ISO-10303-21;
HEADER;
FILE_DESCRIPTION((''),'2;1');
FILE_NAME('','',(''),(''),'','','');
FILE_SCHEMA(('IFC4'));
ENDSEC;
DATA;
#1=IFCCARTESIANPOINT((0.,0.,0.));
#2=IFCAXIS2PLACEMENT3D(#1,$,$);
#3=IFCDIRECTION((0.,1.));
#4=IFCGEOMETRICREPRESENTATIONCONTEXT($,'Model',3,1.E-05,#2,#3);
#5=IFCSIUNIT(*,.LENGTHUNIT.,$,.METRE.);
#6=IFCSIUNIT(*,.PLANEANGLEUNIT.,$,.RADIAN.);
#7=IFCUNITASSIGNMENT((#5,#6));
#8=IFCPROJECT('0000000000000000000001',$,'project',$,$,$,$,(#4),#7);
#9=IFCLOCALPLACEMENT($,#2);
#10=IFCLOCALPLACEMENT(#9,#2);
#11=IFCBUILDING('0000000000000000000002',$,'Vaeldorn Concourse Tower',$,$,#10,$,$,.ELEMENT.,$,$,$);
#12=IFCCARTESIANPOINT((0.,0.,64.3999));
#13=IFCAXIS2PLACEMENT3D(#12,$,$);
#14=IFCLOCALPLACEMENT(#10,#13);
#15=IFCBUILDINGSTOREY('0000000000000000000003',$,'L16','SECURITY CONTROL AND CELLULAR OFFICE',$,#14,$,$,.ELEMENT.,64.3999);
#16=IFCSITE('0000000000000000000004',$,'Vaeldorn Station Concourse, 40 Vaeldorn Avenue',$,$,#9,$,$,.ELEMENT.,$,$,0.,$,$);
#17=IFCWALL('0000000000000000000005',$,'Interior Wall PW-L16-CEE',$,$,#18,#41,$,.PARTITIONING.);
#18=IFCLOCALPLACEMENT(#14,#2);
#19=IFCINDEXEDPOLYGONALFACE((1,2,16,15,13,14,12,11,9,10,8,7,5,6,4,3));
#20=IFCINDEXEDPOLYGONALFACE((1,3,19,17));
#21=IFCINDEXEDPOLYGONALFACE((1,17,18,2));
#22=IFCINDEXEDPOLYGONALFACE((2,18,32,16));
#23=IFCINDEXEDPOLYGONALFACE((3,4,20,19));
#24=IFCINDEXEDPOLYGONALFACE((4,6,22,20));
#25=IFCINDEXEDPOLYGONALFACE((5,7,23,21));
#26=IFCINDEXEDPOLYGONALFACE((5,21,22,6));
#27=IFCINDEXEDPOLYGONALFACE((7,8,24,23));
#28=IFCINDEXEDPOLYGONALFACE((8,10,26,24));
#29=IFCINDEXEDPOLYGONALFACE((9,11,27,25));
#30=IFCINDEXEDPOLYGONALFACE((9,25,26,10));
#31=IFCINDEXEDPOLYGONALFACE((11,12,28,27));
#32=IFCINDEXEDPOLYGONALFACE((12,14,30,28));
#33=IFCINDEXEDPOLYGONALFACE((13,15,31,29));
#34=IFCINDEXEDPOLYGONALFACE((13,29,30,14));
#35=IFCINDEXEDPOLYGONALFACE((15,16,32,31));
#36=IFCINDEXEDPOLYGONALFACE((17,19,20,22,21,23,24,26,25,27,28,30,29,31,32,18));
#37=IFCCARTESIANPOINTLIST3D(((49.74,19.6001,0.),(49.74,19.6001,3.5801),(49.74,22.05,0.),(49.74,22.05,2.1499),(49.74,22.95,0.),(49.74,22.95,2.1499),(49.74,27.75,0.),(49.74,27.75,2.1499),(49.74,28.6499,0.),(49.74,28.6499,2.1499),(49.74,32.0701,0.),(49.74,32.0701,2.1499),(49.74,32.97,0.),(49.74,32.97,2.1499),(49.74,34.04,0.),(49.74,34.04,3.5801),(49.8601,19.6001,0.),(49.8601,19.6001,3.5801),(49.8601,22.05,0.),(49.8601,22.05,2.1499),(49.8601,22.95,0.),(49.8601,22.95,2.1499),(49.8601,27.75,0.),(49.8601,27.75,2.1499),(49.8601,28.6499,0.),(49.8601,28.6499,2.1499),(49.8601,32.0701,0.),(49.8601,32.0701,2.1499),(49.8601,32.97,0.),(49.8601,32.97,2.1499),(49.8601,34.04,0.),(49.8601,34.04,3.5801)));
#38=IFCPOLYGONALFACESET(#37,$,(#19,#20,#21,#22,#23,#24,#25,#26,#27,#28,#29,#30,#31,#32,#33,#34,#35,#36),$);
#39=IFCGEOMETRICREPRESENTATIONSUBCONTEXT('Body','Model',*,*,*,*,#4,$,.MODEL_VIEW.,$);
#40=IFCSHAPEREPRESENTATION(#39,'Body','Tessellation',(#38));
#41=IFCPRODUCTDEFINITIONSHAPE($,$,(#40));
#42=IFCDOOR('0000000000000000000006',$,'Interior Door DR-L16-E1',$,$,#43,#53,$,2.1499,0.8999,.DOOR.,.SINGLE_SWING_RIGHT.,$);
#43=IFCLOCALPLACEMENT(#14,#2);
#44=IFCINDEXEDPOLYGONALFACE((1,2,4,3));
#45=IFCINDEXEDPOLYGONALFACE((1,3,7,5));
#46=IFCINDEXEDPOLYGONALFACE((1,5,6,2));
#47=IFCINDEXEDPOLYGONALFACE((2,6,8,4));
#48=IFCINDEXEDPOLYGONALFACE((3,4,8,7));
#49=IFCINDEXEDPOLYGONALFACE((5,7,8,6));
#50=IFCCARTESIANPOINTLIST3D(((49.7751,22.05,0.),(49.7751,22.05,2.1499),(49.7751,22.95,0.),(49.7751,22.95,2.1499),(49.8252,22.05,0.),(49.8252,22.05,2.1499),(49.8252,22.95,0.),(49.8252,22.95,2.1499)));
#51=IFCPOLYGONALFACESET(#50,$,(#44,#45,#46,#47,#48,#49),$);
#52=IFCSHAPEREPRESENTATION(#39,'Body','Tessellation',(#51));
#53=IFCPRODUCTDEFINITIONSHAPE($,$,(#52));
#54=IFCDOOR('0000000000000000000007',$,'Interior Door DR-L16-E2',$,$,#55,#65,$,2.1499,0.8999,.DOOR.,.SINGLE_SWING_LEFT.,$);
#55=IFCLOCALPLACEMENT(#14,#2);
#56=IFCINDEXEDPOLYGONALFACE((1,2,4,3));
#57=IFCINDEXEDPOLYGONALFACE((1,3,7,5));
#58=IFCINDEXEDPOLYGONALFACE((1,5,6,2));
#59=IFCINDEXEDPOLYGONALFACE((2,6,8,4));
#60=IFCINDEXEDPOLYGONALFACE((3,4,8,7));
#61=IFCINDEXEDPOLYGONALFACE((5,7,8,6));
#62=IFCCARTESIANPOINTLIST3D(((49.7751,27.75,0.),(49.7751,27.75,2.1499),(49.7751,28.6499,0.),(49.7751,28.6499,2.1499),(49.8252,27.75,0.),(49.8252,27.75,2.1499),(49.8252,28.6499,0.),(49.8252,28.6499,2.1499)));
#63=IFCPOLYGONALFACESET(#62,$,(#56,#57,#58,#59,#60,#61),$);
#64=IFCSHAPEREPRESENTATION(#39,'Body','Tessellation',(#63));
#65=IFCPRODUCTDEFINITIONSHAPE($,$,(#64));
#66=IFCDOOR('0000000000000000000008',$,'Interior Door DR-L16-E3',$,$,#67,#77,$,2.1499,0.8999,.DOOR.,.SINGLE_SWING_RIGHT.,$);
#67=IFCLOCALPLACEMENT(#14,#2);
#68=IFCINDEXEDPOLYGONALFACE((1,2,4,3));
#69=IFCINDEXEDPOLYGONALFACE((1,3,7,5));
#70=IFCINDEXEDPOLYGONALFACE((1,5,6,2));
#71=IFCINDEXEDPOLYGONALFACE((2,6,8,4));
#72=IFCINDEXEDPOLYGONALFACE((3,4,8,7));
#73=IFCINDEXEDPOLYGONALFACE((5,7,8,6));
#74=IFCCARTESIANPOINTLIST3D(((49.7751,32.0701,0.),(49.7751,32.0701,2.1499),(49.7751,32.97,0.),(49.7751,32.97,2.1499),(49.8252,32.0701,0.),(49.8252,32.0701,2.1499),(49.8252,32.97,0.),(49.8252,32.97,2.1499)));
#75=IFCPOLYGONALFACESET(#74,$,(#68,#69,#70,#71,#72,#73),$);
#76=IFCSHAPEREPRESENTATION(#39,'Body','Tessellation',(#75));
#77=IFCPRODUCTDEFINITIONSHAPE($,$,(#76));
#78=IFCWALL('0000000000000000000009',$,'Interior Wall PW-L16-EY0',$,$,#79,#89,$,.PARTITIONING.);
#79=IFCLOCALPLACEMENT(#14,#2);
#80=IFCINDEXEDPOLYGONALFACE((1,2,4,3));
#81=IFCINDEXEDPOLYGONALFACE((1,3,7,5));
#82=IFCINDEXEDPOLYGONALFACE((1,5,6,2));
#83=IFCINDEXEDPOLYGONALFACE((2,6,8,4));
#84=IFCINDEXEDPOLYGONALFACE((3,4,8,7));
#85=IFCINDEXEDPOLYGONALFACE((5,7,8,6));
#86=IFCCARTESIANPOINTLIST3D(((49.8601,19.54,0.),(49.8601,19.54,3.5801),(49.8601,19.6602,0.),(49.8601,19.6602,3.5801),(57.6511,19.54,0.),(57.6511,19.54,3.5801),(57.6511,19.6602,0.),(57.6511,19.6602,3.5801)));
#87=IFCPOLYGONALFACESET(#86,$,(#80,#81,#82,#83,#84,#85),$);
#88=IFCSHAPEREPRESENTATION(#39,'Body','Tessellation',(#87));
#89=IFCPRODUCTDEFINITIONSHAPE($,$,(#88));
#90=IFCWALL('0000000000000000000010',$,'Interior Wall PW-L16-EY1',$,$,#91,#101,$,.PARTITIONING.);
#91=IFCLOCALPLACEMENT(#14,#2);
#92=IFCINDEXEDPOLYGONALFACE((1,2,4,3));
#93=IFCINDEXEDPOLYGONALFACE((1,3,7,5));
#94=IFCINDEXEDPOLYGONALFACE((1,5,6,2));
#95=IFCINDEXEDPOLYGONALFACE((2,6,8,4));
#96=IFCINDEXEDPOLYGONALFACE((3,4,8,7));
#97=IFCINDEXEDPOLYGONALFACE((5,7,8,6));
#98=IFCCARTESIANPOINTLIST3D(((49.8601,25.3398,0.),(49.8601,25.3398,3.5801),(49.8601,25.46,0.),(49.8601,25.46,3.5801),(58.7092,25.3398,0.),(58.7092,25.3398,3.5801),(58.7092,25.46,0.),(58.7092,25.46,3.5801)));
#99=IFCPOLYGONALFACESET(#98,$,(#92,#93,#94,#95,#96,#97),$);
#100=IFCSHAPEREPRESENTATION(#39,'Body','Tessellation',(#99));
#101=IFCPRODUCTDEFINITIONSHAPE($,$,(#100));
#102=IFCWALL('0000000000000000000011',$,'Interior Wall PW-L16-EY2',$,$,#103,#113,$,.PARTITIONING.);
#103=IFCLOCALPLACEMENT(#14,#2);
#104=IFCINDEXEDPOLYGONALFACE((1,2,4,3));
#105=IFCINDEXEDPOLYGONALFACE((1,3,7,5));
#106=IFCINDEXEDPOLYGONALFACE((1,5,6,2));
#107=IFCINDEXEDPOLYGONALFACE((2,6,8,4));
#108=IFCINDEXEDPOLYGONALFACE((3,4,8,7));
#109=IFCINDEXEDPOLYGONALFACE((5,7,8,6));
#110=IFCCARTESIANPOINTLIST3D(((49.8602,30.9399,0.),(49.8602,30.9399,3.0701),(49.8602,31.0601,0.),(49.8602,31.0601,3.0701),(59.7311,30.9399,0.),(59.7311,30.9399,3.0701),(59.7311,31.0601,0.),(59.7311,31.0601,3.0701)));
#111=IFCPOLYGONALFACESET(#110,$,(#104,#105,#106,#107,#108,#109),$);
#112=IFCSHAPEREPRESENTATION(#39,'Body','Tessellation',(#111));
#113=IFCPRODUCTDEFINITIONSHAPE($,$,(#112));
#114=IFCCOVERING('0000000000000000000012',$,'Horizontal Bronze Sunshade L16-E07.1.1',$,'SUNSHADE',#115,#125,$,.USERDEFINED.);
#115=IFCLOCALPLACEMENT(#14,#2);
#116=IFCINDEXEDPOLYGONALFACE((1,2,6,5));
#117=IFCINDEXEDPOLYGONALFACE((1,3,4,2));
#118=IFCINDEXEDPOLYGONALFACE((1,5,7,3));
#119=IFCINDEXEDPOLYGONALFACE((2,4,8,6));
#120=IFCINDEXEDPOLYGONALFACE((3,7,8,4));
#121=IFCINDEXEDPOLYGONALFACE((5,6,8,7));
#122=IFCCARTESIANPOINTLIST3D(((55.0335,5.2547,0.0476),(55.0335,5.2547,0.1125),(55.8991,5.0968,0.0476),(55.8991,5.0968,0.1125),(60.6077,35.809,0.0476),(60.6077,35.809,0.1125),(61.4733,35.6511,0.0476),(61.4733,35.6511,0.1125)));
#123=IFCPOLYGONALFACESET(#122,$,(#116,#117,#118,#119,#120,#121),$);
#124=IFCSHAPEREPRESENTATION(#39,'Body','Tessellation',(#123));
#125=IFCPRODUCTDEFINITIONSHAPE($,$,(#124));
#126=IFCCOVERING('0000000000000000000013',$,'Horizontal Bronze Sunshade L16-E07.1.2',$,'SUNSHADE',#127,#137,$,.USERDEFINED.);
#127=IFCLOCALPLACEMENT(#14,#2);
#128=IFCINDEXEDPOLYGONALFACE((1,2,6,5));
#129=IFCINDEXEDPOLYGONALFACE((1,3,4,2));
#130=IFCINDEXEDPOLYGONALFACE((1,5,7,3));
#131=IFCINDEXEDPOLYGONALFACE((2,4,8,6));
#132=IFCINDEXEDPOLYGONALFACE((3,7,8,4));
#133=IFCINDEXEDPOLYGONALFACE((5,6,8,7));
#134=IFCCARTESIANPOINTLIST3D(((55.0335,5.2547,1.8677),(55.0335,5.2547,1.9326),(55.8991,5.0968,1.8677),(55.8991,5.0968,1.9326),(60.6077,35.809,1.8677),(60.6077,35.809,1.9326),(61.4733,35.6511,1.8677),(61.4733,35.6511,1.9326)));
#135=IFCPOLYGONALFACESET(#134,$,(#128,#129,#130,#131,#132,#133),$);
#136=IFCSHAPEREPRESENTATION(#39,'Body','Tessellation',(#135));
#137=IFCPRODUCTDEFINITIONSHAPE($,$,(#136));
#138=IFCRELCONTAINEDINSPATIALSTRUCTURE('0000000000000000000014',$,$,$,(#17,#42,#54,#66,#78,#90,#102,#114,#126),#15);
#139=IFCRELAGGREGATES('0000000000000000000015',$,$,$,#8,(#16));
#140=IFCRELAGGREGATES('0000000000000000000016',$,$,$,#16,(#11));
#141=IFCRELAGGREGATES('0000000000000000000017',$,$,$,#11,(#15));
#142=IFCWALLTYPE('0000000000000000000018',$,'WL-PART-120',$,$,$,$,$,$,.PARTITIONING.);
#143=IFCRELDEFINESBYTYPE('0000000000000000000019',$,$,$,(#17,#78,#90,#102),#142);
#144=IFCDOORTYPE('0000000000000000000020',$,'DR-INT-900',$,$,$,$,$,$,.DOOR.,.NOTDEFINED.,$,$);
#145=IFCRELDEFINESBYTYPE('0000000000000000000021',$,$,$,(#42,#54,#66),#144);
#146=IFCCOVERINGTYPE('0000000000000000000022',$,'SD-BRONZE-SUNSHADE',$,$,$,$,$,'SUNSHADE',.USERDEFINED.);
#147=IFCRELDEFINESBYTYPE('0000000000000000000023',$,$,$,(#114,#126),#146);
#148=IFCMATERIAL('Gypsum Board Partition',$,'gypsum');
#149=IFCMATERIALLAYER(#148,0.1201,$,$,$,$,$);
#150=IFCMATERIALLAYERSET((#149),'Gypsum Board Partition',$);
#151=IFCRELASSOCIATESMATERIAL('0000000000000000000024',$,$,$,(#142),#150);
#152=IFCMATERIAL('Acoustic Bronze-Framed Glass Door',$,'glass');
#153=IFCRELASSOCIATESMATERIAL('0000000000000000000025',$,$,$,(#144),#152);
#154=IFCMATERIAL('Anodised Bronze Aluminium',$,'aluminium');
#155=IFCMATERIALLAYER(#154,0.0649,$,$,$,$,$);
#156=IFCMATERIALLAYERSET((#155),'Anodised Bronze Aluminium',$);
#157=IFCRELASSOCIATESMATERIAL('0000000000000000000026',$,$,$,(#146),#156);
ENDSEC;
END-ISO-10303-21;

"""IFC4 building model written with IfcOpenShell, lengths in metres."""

from ifc_helpers import new_model, si_unit, direction, frame, frame_2d, origin, origin_2d, place, context, subcontext, project, spatial, rectangle, extrude, source, transform, mapped, material, layer, layer_set, type_object, element, fill, save


model = new_model("IFC4")

# Units and contexts
model_context = context("Model", 3, precision=1e-05, world=origin(), true_north=direction((0.0, 1.0)))
body_context = subcontext(model_context, "Body", "Model", "MODEL_VIEW")
ifc_project = project(units=[si_unit("LENGTHUNIT", "METRE"), si_unit("PLANEANGLEUNIT", "RADIAN")], contexts=[model_context])

# Site, building, storey
site_placement = place(None, origin())
site = spatial("IfcSite", under=ifc_project, at=site_placement, Name="Vaeldorn Station Concourse, 40 Vaeldorn Avenue", CompositionType="ELEMENT", RefElevation=0.0)
building_placement = place(site_placement, origin())
building = spatial("IfcBuilding", under=site, at=building_placement, Name="Vaeldorn Concourse Tower", CompositionType="ELEMENT")
storey_placement = place(building_placement, frame((0.0, 0.0, 64.3999)))
storey = spatial("IfcBuildingStorey", under=building, at=storey_placement, Name="L16", Description="SECURITY CONTROL AND CELLULAR OFFICE", CompositionType="ELEMENT", Elevation=64.3999)

# Shared definitions
ifc_material_1 = material(Name="Anodised Bronze Aluminium", Category="aluminium")

# Shared definitions
ifc_material_2 = material(Name="Gypsum Board Partition", Category="gypsum")
ifc_layer_1 = layer(ifc_material_2, 0.1201)
ifc_layer_set_1 = layer_set([ifc_layer_1], Name="Gypsum Board Partition")
wall_type = type_object("IfcWallType", Name="WL-PART-120", PredefinedType="PARTITIONING", material=ifc_layer_set_1)

# Shared definitions
ifc_material_3 = material(Name="Acoustic Bronze-Framed Glass Door", Category="glass")
door_type = type_object("IfcDoorType", Name="DR-INT-900", OperationType="NOTDEFINED", PredefinedType="DOOR", material=ifc_material_3)
shared_shape_1 = source(origin(), body_context, "Body", "SweptSolid", [
    extrude(rectangle(XDim=0.8999, YDim=2.1499, at=frame_2d((0.45, 1.075))), frame((0.0, 0.0249, 0.0), z_axis=(0.0, -1.0, 0.0), x_axis=(1.0, 0.0, 0.0)), (0.0, 0.0, 1.0), 0.05),
])

# Wall, openings, doors
wall_1_placement = place(storey_placement, frame((49.8, 19.6001, 0.0), z_axis=(0.0, 0.0, 1.0), x_axis=(0.0, 1.0, 0.0)))
wall_1 = element("IfcWall", 1, at=wall_1_placement, inside=storey, type_object=wall_type, Name="Interior Wall PW-L16-CEE", PredefinedType="PARTITIONING", context=body_context, shape_type="SweptSolid", body=[
    extrude(rectangle(XDim=14.4399, YDim=0.1201, at=frame_2d((7.22, 0.0))), origin(), (0.0, 0.0, 1.0), 3.5801),
])
opening_1_placement = place(wall_1_placement, frame((2.45, 0.0, 0.0)))
opening_1 = element("IfcOpeningElement", 2, at=opening_1_placement, cuts=wall_1, PredefinedType="OPENING", context=body_context, shape_type="SweptSolid", body=[
    extrude(rectangle(XDim=0.8999, YDim=2.1499, at=frame_2d((0.45, 1.075))), frame((0.0, 0.0701, 0.0), z_axis=(0.0, -1.0, 0.0), x_axis=(1.0, 0.0, 0.0)), (0.0, 0.0, 1.0), 0.1401),
])
opening_2_placement = place(wall_1_placement, frame((8.1499, 0.0, 0.0)))
opening_2 = element("IfcOpeningElement", 3, at=opening_2_placement, cuts=wall_1, PredefinedType="OPENING", context=body_context, shape_type="SweptSolid", body=[
    extrude(rectangle(XDim=0.8999, YDim=2.1499, at=frame_2d((0.45, 1.075))), frame((0.0, 0.0701, 0.0), z_axis=(0.0, -1.0, 0.0), x_axis=(1.0, 0.0, 0.0)), (0.0, 0.0, 1.0), 0.1401),
])
opening_3_placement = place(wall_1_placement, frame((12.47, 0.0, 0.0)))
opening_3 = element("IfcOpeningElement", 4, at=opening_3_placement, cuts=wall_1, PredefinedType="OPENING", context=body_context, shape_type="SweptSolid", body=[
    extrude(rectangle(XDim=0.8999, YDim=2.1499, at=frame_2d((0.45, 1.075))), frame((0.0, 0.0701, 0.0), z_axis=(0.0, -1.0, 0.0), x_axis=(1.0, 0.0, 0.0)), (0.0, 0.0, 1.0), 0.1401),
])
door_1_placement = place(opening_1_placement, origin())
door_1 = element("IfcDoor", 5, at=door_1_placement, inside=storey, type_object=door_type, Name="Interior Door DR-L16-E1", OperationType="SINGLE_SWING_RIGHT", OverallHeight=2.1499, OverallWidth=0.8999, PredefinedType="DOOR", context=body_context, shape_type="MappedRepresentation", body=[
    mapped(shared_shape_1, transform((0.0, 0.0, 0.0), scale=1.0)),
])
fill(opening_1, door_1)
door_2_placement = place(opening_2_placement, origin())
door_2 = element("IfcDoor", 6, at=door_2_placement, inside=storey, type_object=door_type, Name="Interior Door DR-L16-E2", OperationType="SINGLE_SWING_LEFT", OverallHeight=2.1499, OverallWidth=0.8999, PredefinedType="DOOR", context=body_context, shape_type="MappedRepresentation", body=[
    mapped(shared_shape_1, transform((0.0, 0.0, 0.0), scale=1.0)),
])
fill(opening_2, door_2)
door_3_placement = place(opening_3_placement, origin())
door_3 = element("IfcDoor", 7, at=door_3_placement, inside=storey, type_object=door_type, Name="Interior Door DR-L16-E3", OperationType="SINGLE_SWING_RIGHT", OverallHeight=2.1499, OverallWidth=0.8999, PredefinedType="DOOR", context=body_context, shape_type="MappedRepresentation", body=[
    mapped(shared_shape_1, transform((0.0, 0.0, 0.0), scale=1.0)),
])
fill(opening_3, door_3)

# Walls
wall_2_placement = place(storey_placement, frame((49.8601, 19.6001, 0.0), z_axis=(0.0, 0.0, 1.0), x_axis=(1.0, 0.0, 0.0)))
element("IfcWall", 8, at=wall_2_placement, inside=storey, type_object=wall_type, Name="Interior Wall PW-L16-EY0", PredefinedType="PARTITIONING", context=body_context, shape_type="SweptSolid", body=[
    extrude(rectangle(XDim=7.791, YDim=0.1201, at=frame_2d((3.8955, 0.0))), origin(), (0.0, 0.0, 1.0), 3.5801),
])
wall_3_placement = place(storey_placement, frame((49.8601, 25.3999, 0.0), z_axis=(0.0, 0.0, 1.0), x_axis=(1.0, 0.0, 0.0)))
element("IfcWall", 9, at=wall_3_placement, inside=storey, type_object=wall_type, Name="Interior Wall PW-L16-EY1", PredefinedType="PARTITIONING", context=body_context, shape_type="SweptSolid", body=[
    extrude(rectangle(XDim=8.8491, YDim=0.1201, at=frame_2d((4.4246, 0.0))), origin(), (0.0, 0.0, 1.0), 3.5801),
])
wall_4_placement = place(storey_placement, frame((49.8601, 31.0, 0.0), z_axis=(0.0, 0.0, 1.0), x_axis=(1.0, 0.0, 0.0)))
element("IfcWall", 10, at=wall_4_placement, inside=storey, type_object=wall_type, Name="Interior Wall PW-L16-EY2", PredefinedType="PARTITIONING", context=body_context, shape_type="SweptSolid", body=[
    extrude(rectangle(XDim=9.8708, YDim=0.1201, at=frame_2d((4.9355, 0.0))), origin(), (0.0, 0.0, 1.0), 3.0701),
])

# Coverings
ifc_layer_2 = layer(ifc_material_1, 0.0649)
ifc_layer_set_2 = layer_set([ifc_layer_2], Name="Anodised Bronze Aluminium")
covering_type = type_object("IfcCoveringType", Name="SD-BRONZE-SUNSHADE", ElementType="SUNSHADE", PredefinedType="USERDEFINED", material=ifc_layer_set_2)
shared_shape_2 = source(origin(), body_context, "Body", "SweptSolid", [
    extrude(rectangle(XDim=31.0586, YDim=0.8799, at=origin_2d()), origin(), (0.0, 0.0, 1.0), 0.0649),
])
for number, where, z_axis, x_axis, name in (
    (11, (58.2534, 20.4529, 0.0476), (0.0, 0.0, 1.0), (0.179472, 0.983763, 0.0), "Horizontal Bronze Sunshade L16-E07.1.1"),
    (12, (58.2534, 20.4529, 1.8677), (0.0, 0.0, 1.0), (0.179472, 0.983763, 0.0), "Horizontal Bronze Sunshade L16-E07.1.2"),
):
    element("IfcCovering", number, at=place(storey_placement, frame(where, z_axis=z_axis, x_axis=x_axis)), inside=storey, type_object=covering_type, Name=name, ObjectType="SUNSHADE", PredefinedType="USERDEFINED", context=body_context, shape_type="MappedRepresentation", body=[
        mapped(shared_shape_2, transform((0.0, 0.0, 0.0), scale=1.0)),
    ])

save(model, "model.ifc")
